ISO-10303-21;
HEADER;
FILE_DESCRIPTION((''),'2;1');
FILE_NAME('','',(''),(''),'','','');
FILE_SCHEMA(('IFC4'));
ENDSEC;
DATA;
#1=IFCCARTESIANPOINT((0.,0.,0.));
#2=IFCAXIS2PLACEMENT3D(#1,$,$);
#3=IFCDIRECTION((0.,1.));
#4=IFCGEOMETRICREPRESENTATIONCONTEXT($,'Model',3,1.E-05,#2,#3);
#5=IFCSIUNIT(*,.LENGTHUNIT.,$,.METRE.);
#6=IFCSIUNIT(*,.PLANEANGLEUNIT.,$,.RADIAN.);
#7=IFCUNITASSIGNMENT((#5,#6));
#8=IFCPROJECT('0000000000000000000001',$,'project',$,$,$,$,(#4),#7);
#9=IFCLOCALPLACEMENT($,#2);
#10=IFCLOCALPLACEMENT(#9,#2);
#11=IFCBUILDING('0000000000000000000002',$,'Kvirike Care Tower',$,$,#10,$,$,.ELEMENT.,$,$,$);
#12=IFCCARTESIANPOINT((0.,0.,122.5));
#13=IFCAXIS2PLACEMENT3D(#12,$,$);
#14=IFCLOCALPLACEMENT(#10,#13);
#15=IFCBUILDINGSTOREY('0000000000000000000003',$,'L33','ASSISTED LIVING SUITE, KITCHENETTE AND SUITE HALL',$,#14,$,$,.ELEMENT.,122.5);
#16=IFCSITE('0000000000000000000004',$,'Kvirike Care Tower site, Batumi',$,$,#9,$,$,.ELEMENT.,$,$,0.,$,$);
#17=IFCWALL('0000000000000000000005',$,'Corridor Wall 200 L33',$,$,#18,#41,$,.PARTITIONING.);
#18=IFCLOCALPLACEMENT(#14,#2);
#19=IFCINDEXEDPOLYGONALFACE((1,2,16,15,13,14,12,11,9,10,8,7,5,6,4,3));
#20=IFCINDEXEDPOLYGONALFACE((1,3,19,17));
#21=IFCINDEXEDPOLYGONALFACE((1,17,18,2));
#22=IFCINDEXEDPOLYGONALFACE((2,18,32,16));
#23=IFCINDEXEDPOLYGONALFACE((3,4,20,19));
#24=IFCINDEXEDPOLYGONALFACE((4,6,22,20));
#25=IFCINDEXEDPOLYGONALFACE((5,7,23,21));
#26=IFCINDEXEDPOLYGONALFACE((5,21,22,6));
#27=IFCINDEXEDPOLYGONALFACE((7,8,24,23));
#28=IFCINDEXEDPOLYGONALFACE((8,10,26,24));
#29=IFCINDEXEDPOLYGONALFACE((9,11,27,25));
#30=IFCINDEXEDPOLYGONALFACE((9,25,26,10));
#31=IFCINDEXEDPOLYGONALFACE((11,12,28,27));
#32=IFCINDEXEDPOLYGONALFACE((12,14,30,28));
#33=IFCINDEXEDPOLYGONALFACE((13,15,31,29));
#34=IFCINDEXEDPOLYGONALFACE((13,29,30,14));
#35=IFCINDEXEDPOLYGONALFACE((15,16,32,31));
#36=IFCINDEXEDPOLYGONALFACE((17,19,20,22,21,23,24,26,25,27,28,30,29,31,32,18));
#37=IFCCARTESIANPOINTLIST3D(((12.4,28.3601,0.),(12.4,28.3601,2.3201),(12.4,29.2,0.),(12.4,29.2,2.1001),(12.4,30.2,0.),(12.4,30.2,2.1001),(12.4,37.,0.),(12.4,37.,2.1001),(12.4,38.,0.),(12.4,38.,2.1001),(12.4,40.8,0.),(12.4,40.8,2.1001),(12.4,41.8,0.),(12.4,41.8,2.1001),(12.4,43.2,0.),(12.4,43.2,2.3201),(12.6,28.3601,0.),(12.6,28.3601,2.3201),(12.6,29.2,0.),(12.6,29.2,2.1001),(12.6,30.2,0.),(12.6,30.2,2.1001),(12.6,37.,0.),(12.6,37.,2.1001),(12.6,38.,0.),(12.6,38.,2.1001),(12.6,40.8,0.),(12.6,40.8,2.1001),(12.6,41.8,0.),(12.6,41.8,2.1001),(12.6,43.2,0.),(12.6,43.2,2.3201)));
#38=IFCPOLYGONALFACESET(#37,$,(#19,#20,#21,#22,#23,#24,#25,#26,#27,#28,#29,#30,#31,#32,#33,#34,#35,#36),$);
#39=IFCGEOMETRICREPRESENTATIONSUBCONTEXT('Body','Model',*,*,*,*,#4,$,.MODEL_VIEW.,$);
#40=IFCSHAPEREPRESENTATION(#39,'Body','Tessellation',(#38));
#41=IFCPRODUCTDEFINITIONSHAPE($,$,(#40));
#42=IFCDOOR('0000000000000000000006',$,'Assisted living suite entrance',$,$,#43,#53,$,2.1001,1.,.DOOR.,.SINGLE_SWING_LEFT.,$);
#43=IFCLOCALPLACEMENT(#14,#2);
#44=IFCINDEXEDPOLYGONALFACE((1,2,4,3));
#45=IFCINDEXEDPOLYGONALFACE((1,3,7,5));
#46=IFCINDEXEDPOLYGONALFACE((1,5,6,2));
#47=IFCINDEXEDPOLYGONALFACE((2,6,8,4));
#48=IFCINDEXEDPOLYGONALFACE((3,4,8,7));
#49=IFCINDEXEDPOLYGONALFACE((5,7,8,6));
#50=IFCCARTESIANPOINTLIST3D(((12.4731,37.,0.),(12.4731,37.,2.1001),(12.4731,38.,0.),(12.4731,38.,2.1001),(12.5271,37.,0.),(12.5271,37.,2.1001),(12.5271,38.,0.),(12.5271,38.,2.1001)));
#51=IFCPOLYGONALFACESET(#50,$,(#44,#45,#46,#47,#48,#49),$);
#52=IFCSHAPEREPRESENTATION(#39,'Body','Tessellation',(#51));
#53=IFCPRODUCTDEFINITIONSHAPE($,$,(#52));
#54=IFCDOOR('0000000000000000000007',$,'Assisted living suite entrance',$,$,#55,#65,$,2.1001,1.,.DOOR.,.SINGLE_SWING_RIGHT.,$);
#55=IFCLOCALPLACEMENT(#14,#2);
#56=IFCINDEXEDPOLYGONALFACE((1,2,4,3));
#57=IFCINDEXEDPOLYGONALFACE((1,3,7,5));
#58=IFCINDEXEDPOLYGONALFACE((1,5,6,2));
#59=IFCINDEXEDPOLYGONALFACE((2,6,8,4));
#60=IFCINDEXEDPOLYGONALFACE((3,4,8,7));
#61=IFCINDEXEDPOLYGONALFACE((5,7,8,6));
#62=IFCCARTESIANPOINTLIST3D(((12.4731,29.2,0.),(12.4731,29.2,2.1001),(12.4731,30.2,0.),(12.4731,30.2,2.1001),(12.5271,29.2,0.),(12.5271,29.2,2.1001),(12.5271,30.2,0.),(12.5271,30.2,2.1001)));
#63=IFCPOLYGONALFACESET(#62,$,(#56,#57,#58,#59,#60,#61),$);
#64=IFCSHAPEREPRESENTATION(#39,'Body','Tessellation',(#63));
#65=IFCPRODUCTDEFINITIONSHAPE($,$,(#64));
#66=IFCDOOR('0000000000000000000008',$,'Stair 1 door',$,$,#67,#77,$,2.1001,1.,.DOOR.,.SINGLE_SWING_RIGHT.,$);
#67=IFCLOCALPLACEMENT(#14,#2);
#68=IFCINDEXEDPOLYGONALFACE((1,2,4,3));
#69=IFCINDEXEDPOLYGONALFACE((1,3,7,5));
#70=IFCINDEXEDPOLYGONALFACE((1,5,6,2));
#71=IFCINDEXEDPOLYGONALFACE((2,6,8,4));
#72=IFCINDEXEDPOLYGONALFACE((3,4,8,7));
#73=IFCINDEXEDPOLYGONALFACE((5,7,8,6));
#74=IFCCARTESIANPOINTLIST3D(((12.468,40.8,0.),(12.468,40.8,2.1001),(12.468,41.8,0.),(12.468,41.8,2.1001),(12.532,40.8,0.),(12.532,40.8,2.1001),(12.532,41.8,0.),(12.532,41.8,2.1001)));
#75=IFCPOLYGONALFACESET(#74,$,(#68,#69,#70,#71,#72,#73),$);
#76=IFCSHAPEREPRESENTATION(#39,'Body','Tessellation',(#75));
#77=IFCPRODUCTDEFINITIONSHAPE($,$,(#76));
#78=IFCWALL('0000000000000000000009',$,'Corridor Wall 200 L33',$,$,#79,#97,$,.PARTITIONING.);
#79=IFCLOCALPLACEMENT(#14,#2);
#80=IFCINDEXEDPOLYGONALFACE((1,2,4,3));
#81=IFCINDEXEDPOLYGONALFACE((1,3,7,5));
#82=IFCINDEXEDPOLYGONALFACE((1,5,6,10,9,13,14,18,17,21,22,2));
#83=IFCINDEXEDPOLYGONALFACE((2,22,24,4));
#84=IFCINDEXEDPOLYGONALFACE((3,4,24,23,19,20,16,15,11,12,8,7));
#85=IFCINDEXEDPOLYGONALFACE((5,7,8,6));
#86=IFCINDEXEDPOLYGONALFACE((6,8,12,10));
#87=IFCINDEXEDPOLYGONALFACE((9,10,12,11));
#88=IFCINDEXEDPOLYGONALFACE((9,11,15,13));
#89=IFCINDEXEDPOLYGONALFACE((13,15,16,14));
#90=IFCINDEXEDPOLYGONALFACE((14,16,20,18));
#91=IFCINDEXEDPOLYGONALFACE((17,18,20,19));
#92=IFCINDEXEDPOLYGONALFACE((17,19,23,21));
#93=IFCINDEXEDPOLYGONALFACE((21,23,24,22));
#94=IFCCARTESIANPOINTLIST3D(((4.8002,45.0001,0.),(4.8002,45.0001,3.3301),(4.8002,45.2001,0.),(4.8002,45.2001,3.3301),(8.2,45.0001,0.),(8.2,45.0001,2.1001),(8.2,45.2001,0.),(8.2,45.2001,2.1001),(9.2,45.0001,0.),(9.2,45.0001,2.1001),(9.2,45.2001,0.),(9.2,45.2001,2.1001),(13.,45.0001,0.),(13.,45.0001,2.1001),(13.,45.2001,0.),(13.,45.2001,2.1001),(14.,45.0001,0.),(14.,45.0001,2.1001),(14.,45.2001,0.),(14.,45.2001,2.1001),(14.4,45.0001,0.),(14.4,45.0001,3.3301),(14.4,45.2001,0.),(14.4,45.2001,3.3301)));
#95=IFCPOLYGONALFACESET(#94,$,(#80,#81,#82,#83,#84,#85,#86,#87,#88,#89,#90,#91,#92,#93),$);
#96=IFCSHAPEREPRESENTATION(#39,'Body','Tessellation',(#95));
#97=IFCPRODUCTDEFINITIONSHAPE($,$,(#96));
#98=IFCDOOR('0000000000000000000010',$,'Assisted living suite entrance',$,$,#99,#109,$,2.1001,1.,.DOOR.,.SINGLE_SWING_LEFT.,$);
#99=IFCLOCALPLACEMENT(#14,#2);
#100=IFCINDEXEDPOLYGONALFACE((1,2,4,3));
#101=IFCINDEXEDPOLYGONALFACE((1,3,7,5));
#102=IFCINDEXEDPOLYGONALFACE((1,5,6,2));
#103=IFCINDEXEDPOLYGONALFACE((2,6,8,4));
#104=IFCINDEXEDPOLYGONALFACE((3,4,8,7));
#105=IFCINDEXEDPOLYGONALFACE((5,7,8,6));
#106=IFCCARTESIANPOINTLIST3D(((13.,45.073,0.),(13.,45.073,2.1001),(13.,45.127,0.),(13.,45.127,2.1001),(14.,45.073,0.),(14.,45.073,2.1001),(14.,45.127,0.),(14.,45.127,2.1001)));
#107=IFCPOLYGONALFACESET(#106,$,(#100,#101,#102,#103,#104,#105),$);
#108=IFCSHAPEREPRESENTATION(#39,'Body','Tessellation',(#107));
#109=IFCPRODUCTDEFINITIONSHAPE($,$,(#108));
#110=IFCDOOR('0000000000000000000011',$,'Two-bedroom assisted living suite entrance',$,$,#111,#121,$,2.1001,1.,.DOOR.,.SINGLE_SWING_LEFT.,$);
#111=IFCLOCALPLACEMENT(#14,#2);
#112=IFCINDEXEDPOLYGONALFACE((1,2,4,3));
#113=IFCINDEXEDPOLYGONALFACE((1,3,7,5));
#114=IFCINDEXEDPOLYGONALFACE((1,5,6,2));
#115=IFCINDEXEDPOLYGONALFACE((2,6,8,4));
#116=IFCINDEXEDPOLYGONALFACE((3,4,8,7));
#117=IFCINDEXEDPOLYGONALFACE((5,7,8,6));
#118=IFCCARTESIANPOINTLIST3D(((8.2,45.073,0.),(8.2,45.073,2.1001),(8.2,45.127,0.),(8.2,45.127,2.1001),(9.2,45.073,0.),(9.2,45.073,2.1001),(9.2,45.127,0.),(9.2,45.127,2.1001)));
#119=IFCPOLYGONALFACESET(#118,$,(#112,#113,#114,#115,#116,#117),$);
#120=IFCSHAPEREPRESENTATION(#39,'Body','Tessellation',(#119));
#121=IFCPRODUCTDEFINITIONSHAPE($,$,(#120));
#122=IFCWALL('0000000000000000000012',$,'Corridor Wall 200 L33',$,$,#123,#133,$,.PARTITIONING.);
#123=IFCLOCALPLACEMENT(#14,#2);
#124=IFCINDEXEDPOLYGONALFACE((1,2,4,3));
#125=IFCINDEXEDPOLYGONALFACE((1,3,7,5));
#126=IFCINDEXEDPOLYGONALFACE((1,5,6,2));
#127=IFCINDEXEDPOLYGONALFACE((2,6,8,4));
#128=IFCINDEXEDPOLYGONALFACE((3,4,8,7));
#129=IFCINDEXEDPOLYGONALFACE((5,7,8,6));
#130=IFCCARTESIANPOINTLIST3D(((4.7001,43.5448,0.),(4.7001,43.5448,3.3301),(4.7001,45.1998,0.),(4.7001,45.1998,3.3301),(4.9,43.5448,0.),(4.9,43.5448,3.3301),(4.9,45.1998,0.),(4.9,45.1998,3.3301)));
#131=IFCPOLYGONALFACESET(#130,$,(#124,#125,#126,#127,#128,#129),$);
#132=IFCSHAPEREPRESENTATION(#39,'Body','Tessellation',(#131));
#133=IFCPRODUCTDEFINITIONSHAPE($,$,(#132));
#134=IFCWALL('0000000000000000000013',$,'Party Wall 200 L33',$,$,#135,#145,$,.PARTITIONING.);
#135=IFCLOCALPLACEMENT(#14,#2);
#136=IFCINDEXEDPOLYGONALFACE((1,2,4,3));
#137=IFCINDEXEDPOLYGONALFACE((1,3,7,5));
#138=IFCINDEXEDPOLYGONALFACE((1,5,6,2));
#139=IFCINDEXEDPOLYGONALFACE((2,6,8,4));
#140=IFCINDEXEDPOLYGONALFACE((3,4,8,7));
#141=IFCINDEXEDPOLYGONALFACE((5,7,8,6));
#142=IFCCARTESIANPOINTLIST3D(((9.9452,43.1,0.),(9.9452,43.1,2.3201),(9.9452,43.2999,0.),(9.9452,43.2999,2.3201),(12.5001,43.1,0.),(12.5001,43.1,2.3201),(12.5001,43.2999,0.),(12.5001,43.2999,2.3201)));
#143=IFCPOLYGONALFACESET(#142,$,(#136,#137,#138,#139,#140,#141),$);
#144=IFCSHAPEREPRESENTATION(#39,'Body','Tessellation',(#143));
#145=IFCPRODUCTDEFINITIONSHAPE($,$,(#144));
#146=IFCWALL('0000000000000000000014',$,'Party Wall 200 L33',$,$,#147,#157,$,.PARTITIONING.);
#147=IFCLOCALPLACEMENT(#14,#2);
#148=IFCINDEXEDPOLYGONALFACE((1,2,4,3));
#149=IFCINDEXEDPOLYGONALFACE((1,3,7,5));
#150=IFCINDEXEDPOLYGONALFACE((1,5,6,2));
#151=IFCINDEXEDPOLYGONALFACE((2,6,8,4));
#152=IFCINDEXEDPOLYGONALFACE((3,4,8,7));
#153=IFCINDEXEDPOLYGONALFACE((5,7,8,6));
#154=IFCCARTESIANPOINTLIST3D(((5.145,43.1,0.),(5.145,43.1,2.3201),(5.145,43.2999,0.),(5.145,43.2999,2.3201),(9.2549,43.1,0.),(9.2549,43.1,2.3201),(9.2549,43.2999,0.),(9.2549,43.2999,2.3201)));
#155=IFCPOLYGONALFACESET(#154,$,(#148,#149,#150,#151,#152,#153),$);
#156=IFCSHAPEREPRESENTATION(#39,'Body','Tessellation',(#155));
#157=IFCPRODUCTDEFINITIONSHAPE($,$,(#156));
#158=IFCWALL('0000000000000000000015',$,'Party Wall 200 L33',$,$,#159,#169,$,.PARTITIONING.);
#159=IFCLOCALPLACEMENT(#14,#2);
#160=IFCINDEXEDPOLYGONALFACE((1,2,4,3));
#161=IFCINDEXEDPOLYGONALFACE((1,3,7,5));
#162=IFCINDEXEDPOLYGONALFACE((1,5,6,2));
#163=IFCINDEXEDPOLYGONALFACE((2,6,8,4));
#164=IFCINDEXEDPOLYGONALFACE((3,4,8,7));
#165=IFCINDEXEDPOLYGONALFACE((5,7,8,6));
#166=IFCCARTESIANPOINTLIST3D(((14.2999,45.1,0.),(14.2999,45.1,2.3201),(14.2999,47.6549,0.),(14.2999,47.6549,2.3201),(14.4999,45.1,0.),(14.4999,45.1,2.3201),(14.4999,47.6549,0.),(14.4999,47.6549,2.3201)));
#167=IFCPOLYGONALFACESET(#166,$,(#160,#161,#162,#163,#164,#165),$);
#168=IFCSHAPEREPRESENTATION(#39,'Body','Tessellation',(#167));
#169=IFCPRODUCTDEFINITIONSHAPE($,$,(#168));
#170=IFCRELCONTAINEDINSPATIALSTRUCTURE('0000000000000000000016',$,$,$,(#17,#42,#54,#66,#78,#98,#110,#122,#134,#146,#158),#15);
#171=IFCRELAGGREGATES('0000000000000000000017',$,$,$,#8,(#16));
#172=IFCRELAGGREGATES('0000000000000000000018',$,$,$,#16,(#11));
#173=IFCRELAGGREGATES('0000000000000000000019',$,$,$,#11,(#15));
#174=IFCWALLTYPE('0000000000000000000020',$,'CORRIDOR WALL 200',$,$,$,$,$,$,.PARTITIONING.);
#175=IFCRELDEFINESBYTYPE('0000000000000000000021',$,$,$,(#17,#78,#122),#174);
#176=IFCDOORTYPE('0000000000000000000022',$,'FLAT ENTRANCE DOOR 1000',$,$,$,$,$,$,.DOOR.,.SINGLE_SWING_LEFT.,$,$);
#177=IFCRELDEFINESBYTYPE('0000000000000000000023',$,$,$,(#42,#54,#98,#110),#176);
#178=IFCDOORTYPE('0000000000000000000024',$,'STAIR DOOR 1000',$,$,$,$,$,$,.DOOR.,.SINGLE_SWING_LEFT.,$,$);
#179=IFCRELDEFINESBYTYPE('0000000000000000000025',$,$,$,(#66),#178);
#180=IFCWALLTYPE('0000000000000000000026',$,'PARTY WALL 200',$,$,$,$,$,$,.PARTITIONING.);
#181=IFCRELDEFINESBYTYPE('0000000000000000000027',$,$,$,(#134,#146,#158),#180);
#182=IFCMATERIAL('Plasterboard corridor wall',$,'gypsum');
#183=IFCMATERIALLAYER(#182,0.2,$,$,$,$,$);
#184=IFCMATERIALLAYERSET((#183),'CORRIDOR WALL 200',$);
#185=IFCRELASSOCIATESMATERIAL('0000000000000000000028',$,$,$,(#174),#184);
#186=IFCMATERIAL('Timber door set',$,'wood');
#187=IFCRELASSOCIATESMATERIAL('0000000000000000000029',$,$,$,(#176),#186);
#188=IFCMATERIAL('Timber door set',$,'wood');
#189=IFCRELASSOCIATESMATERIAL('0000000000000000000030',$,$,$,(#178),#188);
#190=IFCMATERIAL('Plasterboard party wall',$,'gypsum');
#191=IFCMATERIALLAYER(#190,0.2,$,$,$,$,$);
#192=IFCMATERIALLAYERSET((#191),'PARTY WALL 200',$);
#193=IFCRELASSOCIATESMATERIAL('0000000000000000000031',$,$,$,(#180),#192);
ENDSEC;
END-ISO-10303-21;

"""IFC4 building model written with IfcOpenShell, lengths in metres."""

from ifc_helpers import new_model, si_unit, direction, frame, frame_2d, origin, place, context, subcontext, project, spatial, rectangle, extrude, material, layer, layer_set, type_object, element, fill, save


model = new_model("IFC4")

# Units and contexts
model_context = context("Model", 3, precision=1e-05, world=origin(), true_north=direction((0.0, 1.0)))
body_context = subcontext(model_context, "Body", "Model", "MODEL_VIEW")
ifc_project = project(units=[si_unit("LENGTHUNIT", "METRE"), si_unit("PLANEANGLEUNIT", "RADIAN")], contexts=[model_context])

# Site, building, storey
site_placement = place(None, origin())
site = spatial("IfcSite", under=ifc_project, at=site_placement, Name="Kvirike Care Tower site, Batumi", CompositionType="ELEMENT", RefElevation=0.0)
building_placement = place(site_placement, origin())
building = spatial("IfcBuilding", under=site, at=building_placement, Name="Kvirike Care Tower", CompositionType="ELEMENT")
storey_placement = place(building_placement, frame((0.0, 0.0, 122.5)))
storey = spatial("IfcBuildingStorey", under=building, at=storey_placement, Name="L33", Description="ASSISTED LIVING SUITE, KITCHENETTE AND SUITE HALL", CompositionType="ELEMENT", Elevation=122.5)

# Walls, openings, doors
ifc_material_1 = material(Name="Plasterboard corridor wall", Category="gypsum")
ifc_layer_1 = layer(ifc_material_1, 0.2)
ifc_layer_set_1 = layer_set([ifc_layer_1], Name="CORRIDOR WALL 200")
wall_type_1 = type_object("IfcWallType", Name="CORRIDOR WALL 200", PredefinedType="PARTITIONING", material=ifc_layer_set_1)
wall_1_placement = place(storey_placement, frame((12.5, 43.2, 0.0), z_axis=(0.0, 0.0, 1.0), x_axis=(0.0, -1.0, 0.0)))
wall_1 = element("IfcWall", 1, at=wall_1_placement, inside=storey, type_object=wall_type_1, Name="Corridor Wall 200 L33", PredefinedType="PARTITIONING", context=body_context, shape_type="SweptSolid", body=[
    extrude(rectangle(XDim=14.8398, YDim=0.2, at=frame_2d((7.4199, 0.0))), origin(), (0.0, 0.0, 1.0), 2.3201),
])
opening_1_placement = place(wall_1_placement, frame((1.3999, 0.0, 0.0)))
opening_1 = element("IfcOpeningElement", 2, at=opening_1_placement, cuts=wall_1, PredefinedType="OPENING", context=body_context, shape_type="SweptSolid", body=[
    extrude(rectangle(XDim=1.0, YDim=2.1001, at=frame_2d((0.5, 1.05))), frame((0.0, 0.1106, 0.0), z_axis=(0.0, -1.0, 0.0), x_axis=(1.0, 0.0, 0.0)), (0.0, 0.0, 1.0), 0.2209),
])
opening_2_placement = place(wall_1_placement, frame((5.2, 0.0, 0.0)))
opening_2 = element("IfcOpeningElement", 3, at=opening_2_placement, cuts=wall_1, PredefinedType="OPENING", context=body_context, shape_type="SweptSolid", body=[
    extrude(rectangle(XDim=1.0, YDim=2.1001, at=frame_2d((0.5, 1.05))), frame((0.0, 0.1106, 0.0), z_axis=(0.0, -1.0, 0.0), x_axis=(1.0, 0.0, 0.0)), (0.0, 0.0, 1.0), 0.2209),
])
opening_3_placement = place(wall_1_placement, frame((13.0, 0.0, 0.0)))
opening_3 = element("IfcOpeningElement", 4, at=opening_3_placement, cuts=wall_1, PredefinedType="OPENING", context=body_context, shape_type="SweptSolid", body=[
    extrude(rectangle(XDim=1.0, YDim=2.1001, at=frame_2d((0.5, 1.05))), frame((0.0, 0.1106, 0.0), z_axis=(0.0, -1.0, 0.0), x_axis=(1.0, 0.0, 0.0)), (0.0, 0.0, 1.0), 0.2209),
])
ifc_material_2 = material(Name="Timber door set", Category="wood")
door_type_1 = type_object("IfcDoorType", Name="FLAT ENTRANCE DOOR 1000", OperationType="SINGLE_SWING_LEFT", PredefinedType="DOOR", material=ifc_material_2)
door_1_placement = place(opening_2_placement, frame((1.0, 0.0, 0.0), z_axis=(0.0, 0.0, 1.0), x_axis=(-1.0, 0.0, 0.0)))
door_1 = element("IfcDoor", 5, at=door_1_placement, inside=storey, type_object=door_type_1, Name="Assisted living suite entrance", OperationType="SINGLE_SWING_LEFT", OverallHeight=2.1001, OverallWidth=1.0, PredefinedType="DOOR", context=body_context, shape_type="SweptSolid", body=[
    extrude(rectangle(XDim=1.0, YDim=2.1001, at=frame_2d((0.5, 1.05))), frame((0.0, 0.0269, 0.0), z_axis=(0.0, -1.0, 0.0), x_axis=(1.0, 0.0, 0.0)), (0.0, 0.0, 1.0), 0.054),
])
fill(opening_2, door_1)
door_2_placement = place(opening_3_placement, frame((1.0, 0.0, 0.0), z_axis=(0.0, 0.0, 1.0), x_axis=(-1.0, 0.0, 0.0)))
door_2 = element("IfcDoor", 6, at=door_2_placement, inside=storey, type_object=door_type_1, Name="Assisted living suite entrance", OperationType="SINGLE_SWING_RIGHT", OverallHeight=2.1001, OverallWidth=1.0, PredefinedType="DOOR", context=body_context, shape_type="SweptSolid", body=[
    extrude(rectangle(XDim=1.0, YDim=2.1001, at=frame_2d((0.5, 1.05))), frame((0.0, 0.0269, 0.0), z_axis=(0.0, -1.0, 0.0), x_axis=(1.0, 0.0, 0.0)), (0.0, 0.0, 1.0), 0.054),
])
fill(opening_3, door_2)
ifc_material_3 = material(Name="Timber door set", Category="wood")
door_type_2 = type_object("IfcDoorType", Name="STAIR DOOR 1000", OperationType="SINGLE_SWING_LEFT", PredefinedType="DOOR", material=ifc_material_3)
door_3_placement = place(opening_1_placement, frame((1.0, 0.0, 0.0), z_axis=(0.0, 0.0, 1.0), x_axis=(-1.0, 0.0, 0.0)))
door_3 = element("IfcDoor", 7, at=door_3_placement, inside=storey, type_object=door_type_2, Name="Stair 1 door", OperationType="SINGLE_SWING_RIGHT", OverallHeight=2.1001, OverallWidth=1.0, PredefinedType="DOOR", context=body_context, shape_type="SweptSolid", body=[
    extrude(rectangle(XDim=1.0, YDim=2.1001, at=frame_2d((0.5, 1.05))), frame((0.0, 0.032, 0.0), z_axis=(0.0, -1.0, 0.0), x_axis=(1.0, 0.0, 0.0)), (0.0, 0.0, 1.0), 0.064),
])
fill(opening_1, door_3)
wall_2_placement = place(storey_placement, frame((14.3999, 45.1001, 0.0), z_axis=(0.0, 0.0, 1.0), x_axis=(-1.0, 0.0, 0.0)))
wall_2 = element("IfcWall", 8, at=wall_2_placement, inside=storey, type_object=wall_type_1, Name="Corridor Wall 200 L33", PredefinedType="PARTITIONING", context=body_context, shape_type="SweptSolid", body=[
    extrude(rectangle(XDim=9.5999, YDim=0.2, at=frame_2d((4.7998, 0.0))), origin(), (0.0, 0.0, 1.0), 3.3301),
])
opening_4_placement = place(wall_2_placement, frame((0.3999, 0.0, 0.0)))
opening_4 = element("IfcOpeningElement", 9, at=opening_4_placement, cuts=wall_2, PredefinedType="OPENING", context=body_context, shape_type="SweptSolid", body=[
    extrude(rectangle(XDim=1.0, YDim=2.1001, at=frame_2d((0.5, 1.05))), frame((0.0, 0.1106, 0.0), z_axis=(0.0, -1.0, 0.0), x_axis=(1.0, 0.0, 0.0)), (0.0, 0.0, 1.0), 0.2209),
])
opening_5_placement = place(wall_2_placement, frame((5.2, 0.0, 0.0)))
opening_5 = element("IfcOpeningElement", 10, at=opening_5_placement, cuts=wall_2, PredefinedType="OPENING", context=body_context, shape_type="SweptSolid", body=[
    extrude(rectangle(XDim=1.0, YDim=2.1001, at=frame_2d((0.5, 1.05))), frame((0.0, 0.1106, 0.0), z_axis=(0.0, -1.0, 0.0), x_axis=(1.0, 0.0, 0.0)), (0.0, 0.0, 1.0), 0.2209),
])
door_4_placement = place(opening_4_placement, frame((1.0, 0.0, 0.0), z_axis=(0.0, 0.0, 1.0), x_axis=(-1.0, 0.0, 0.0)))
door_4 = element("IfcDoor", 11, at=door_4_placement, inside=storey, type_object=door_type_1, Name="Assisted living suite entrance", OperationType="SINGLE_SWING_LEFT", OverallHeight=2.1001, OverallWidth=1.0, PredefinedType="DOOR", context=body_context, shape_type="SweptSolid", body=[
    extrude(rectangle(XDim=1.0, YDim=2.1001, at=frame_2d((0.5, 1.05))), frame((0.0, 0.0269, 0.0), z_axis=(0.0, -1.0, 0.0), x_axis=(1.0, 0.0, 0.0)), (0.0, 0.0, 1.0), 0.054),
])
fill(opening_4, door_4)
door_5_placement = place(opening_5_placement, frame((1.0, 0.0, 0.0), z_axis=(0.0, 0.0, 1.0), x_axis=(-1.0, 0.0, 0.0)))
door_5 = element("IfcDoor", 12, at=door_5_placement, inside=storey, type_object=door_type_1, Name="Two-bedroom assisted living suite entrance", OperationType="SINGLE_SWING_LEFT", OverallHeight=2.1001, OverallWidth=1.0, PredefinedType="DOOR", context=body_context, shape_type="SweptSolid", body=[
    extrude(rectangle(XDim=1.0, YDim=2.1001, at=frame_2d((0.5, 1.05))), frame((0.0, 0.0269, 0.0), z_axis=(0.0, -1.0, 0.0), x_axis=(1.0, 0.0, 0.0)), (0.0, 0.0, 1.0), 0.054),
])
fill(opening_5, door_5)

# Walls
wall_3_placement = place(storey_placement, frame((4.8, 45.2, 0.0), z_axis=(0.0, 0.0, 1.0), x_axis=(0.0, -1.0, 0.0)))
element("IfcWall", 13, at=wall_3_placement, inside=storey, type_object=wall_type_1, Name="Corridor Wall 200 L33", PredefinedType="PARTITIONING", context=body_context, shape_type="SweptSolid", body=[
    extrude(rectangle(XDim=1.655, YDim=0.2, at=frame_2d((0.8276, 0.0))), origin(), (0.0, 0.0, 1.0), 3.3301),
])
ifc_material_4 = material(Name="Plasterboard party wall", Category="gypsum")
ifc_layer_2 = layer(ifc_material_4, 0.2)
ifc_layer_set_2 = layer_set([ifc_layer_2], Name="PARTY WALL 200")
wall_type_2 = type_object("IfcWallType", Name="PARTY WALL 200", PredefinedType="PARTITIONING", material=ifc_layer_set_2)
wall_4_placement = place(storey_placement, frame((12.5, 43.2, 0.0), z_axis=(0.0, 0.0, 1.0), x_axis=(-1.0, 0.0, 0.0)))
element("IfcWall", 14, at=wall_4_placement, inside=storey, type_object=wall_type_2, Name="Party Wall 200 L33", PredefinedType="PARTITIONING", context=body_context, shape_type="SweptSolid", body=[
    extrude(rectangle(XDim=2.5549, YDim=0.2, at=frame_2d((1.2773, 0.0))), origin(), (0.0, 0.0, 1.0), 2.3201),
])
wall_5_placement = place(storey_placement, frame((9.2549, 43.2, 0.0), z_axis=(0.0, 0.0, 1.0), x_axis=(-1.0, 0.0, 0.0)))
element("IfcWall", 15, at=wall_5_placement, inside=storey, type_object=wall_type_2, Name="Party Wall 200 L33", PredefinedType="PARTITIONING", context=body_context, shape_type="SweptSolid", body=[
    extrude(rectangle(XDim=4.1099, YDim=0.2, at=frame_2d((2.0549, 0.0))), origin(), (0.0, 0.0, 1.0), 2.3201),
])
wall_6_placement = place(storey_placement, frame((14.3999, 45.1001, 0.0), z_axis=(0.0, 0.0, 1.0), x_axis=(0.0, 1.0, 0.0)))
element("IfcWall", 16, at=wall_6_placement, inside=storey, type_object=wall_type_2, Name="Party Wall 200 L33", PredefinedType="PARTITIONING", context=body_context, shape_type="SweptSolid", body=[
    extrude(rectangle(XDim=2.5549, YDim=0.2, at=frame_2d((1.2773, 0.0))), origin(), (0.0, 0.0, 1.0), 2.3201),
])

save(model, "model.ifc")
